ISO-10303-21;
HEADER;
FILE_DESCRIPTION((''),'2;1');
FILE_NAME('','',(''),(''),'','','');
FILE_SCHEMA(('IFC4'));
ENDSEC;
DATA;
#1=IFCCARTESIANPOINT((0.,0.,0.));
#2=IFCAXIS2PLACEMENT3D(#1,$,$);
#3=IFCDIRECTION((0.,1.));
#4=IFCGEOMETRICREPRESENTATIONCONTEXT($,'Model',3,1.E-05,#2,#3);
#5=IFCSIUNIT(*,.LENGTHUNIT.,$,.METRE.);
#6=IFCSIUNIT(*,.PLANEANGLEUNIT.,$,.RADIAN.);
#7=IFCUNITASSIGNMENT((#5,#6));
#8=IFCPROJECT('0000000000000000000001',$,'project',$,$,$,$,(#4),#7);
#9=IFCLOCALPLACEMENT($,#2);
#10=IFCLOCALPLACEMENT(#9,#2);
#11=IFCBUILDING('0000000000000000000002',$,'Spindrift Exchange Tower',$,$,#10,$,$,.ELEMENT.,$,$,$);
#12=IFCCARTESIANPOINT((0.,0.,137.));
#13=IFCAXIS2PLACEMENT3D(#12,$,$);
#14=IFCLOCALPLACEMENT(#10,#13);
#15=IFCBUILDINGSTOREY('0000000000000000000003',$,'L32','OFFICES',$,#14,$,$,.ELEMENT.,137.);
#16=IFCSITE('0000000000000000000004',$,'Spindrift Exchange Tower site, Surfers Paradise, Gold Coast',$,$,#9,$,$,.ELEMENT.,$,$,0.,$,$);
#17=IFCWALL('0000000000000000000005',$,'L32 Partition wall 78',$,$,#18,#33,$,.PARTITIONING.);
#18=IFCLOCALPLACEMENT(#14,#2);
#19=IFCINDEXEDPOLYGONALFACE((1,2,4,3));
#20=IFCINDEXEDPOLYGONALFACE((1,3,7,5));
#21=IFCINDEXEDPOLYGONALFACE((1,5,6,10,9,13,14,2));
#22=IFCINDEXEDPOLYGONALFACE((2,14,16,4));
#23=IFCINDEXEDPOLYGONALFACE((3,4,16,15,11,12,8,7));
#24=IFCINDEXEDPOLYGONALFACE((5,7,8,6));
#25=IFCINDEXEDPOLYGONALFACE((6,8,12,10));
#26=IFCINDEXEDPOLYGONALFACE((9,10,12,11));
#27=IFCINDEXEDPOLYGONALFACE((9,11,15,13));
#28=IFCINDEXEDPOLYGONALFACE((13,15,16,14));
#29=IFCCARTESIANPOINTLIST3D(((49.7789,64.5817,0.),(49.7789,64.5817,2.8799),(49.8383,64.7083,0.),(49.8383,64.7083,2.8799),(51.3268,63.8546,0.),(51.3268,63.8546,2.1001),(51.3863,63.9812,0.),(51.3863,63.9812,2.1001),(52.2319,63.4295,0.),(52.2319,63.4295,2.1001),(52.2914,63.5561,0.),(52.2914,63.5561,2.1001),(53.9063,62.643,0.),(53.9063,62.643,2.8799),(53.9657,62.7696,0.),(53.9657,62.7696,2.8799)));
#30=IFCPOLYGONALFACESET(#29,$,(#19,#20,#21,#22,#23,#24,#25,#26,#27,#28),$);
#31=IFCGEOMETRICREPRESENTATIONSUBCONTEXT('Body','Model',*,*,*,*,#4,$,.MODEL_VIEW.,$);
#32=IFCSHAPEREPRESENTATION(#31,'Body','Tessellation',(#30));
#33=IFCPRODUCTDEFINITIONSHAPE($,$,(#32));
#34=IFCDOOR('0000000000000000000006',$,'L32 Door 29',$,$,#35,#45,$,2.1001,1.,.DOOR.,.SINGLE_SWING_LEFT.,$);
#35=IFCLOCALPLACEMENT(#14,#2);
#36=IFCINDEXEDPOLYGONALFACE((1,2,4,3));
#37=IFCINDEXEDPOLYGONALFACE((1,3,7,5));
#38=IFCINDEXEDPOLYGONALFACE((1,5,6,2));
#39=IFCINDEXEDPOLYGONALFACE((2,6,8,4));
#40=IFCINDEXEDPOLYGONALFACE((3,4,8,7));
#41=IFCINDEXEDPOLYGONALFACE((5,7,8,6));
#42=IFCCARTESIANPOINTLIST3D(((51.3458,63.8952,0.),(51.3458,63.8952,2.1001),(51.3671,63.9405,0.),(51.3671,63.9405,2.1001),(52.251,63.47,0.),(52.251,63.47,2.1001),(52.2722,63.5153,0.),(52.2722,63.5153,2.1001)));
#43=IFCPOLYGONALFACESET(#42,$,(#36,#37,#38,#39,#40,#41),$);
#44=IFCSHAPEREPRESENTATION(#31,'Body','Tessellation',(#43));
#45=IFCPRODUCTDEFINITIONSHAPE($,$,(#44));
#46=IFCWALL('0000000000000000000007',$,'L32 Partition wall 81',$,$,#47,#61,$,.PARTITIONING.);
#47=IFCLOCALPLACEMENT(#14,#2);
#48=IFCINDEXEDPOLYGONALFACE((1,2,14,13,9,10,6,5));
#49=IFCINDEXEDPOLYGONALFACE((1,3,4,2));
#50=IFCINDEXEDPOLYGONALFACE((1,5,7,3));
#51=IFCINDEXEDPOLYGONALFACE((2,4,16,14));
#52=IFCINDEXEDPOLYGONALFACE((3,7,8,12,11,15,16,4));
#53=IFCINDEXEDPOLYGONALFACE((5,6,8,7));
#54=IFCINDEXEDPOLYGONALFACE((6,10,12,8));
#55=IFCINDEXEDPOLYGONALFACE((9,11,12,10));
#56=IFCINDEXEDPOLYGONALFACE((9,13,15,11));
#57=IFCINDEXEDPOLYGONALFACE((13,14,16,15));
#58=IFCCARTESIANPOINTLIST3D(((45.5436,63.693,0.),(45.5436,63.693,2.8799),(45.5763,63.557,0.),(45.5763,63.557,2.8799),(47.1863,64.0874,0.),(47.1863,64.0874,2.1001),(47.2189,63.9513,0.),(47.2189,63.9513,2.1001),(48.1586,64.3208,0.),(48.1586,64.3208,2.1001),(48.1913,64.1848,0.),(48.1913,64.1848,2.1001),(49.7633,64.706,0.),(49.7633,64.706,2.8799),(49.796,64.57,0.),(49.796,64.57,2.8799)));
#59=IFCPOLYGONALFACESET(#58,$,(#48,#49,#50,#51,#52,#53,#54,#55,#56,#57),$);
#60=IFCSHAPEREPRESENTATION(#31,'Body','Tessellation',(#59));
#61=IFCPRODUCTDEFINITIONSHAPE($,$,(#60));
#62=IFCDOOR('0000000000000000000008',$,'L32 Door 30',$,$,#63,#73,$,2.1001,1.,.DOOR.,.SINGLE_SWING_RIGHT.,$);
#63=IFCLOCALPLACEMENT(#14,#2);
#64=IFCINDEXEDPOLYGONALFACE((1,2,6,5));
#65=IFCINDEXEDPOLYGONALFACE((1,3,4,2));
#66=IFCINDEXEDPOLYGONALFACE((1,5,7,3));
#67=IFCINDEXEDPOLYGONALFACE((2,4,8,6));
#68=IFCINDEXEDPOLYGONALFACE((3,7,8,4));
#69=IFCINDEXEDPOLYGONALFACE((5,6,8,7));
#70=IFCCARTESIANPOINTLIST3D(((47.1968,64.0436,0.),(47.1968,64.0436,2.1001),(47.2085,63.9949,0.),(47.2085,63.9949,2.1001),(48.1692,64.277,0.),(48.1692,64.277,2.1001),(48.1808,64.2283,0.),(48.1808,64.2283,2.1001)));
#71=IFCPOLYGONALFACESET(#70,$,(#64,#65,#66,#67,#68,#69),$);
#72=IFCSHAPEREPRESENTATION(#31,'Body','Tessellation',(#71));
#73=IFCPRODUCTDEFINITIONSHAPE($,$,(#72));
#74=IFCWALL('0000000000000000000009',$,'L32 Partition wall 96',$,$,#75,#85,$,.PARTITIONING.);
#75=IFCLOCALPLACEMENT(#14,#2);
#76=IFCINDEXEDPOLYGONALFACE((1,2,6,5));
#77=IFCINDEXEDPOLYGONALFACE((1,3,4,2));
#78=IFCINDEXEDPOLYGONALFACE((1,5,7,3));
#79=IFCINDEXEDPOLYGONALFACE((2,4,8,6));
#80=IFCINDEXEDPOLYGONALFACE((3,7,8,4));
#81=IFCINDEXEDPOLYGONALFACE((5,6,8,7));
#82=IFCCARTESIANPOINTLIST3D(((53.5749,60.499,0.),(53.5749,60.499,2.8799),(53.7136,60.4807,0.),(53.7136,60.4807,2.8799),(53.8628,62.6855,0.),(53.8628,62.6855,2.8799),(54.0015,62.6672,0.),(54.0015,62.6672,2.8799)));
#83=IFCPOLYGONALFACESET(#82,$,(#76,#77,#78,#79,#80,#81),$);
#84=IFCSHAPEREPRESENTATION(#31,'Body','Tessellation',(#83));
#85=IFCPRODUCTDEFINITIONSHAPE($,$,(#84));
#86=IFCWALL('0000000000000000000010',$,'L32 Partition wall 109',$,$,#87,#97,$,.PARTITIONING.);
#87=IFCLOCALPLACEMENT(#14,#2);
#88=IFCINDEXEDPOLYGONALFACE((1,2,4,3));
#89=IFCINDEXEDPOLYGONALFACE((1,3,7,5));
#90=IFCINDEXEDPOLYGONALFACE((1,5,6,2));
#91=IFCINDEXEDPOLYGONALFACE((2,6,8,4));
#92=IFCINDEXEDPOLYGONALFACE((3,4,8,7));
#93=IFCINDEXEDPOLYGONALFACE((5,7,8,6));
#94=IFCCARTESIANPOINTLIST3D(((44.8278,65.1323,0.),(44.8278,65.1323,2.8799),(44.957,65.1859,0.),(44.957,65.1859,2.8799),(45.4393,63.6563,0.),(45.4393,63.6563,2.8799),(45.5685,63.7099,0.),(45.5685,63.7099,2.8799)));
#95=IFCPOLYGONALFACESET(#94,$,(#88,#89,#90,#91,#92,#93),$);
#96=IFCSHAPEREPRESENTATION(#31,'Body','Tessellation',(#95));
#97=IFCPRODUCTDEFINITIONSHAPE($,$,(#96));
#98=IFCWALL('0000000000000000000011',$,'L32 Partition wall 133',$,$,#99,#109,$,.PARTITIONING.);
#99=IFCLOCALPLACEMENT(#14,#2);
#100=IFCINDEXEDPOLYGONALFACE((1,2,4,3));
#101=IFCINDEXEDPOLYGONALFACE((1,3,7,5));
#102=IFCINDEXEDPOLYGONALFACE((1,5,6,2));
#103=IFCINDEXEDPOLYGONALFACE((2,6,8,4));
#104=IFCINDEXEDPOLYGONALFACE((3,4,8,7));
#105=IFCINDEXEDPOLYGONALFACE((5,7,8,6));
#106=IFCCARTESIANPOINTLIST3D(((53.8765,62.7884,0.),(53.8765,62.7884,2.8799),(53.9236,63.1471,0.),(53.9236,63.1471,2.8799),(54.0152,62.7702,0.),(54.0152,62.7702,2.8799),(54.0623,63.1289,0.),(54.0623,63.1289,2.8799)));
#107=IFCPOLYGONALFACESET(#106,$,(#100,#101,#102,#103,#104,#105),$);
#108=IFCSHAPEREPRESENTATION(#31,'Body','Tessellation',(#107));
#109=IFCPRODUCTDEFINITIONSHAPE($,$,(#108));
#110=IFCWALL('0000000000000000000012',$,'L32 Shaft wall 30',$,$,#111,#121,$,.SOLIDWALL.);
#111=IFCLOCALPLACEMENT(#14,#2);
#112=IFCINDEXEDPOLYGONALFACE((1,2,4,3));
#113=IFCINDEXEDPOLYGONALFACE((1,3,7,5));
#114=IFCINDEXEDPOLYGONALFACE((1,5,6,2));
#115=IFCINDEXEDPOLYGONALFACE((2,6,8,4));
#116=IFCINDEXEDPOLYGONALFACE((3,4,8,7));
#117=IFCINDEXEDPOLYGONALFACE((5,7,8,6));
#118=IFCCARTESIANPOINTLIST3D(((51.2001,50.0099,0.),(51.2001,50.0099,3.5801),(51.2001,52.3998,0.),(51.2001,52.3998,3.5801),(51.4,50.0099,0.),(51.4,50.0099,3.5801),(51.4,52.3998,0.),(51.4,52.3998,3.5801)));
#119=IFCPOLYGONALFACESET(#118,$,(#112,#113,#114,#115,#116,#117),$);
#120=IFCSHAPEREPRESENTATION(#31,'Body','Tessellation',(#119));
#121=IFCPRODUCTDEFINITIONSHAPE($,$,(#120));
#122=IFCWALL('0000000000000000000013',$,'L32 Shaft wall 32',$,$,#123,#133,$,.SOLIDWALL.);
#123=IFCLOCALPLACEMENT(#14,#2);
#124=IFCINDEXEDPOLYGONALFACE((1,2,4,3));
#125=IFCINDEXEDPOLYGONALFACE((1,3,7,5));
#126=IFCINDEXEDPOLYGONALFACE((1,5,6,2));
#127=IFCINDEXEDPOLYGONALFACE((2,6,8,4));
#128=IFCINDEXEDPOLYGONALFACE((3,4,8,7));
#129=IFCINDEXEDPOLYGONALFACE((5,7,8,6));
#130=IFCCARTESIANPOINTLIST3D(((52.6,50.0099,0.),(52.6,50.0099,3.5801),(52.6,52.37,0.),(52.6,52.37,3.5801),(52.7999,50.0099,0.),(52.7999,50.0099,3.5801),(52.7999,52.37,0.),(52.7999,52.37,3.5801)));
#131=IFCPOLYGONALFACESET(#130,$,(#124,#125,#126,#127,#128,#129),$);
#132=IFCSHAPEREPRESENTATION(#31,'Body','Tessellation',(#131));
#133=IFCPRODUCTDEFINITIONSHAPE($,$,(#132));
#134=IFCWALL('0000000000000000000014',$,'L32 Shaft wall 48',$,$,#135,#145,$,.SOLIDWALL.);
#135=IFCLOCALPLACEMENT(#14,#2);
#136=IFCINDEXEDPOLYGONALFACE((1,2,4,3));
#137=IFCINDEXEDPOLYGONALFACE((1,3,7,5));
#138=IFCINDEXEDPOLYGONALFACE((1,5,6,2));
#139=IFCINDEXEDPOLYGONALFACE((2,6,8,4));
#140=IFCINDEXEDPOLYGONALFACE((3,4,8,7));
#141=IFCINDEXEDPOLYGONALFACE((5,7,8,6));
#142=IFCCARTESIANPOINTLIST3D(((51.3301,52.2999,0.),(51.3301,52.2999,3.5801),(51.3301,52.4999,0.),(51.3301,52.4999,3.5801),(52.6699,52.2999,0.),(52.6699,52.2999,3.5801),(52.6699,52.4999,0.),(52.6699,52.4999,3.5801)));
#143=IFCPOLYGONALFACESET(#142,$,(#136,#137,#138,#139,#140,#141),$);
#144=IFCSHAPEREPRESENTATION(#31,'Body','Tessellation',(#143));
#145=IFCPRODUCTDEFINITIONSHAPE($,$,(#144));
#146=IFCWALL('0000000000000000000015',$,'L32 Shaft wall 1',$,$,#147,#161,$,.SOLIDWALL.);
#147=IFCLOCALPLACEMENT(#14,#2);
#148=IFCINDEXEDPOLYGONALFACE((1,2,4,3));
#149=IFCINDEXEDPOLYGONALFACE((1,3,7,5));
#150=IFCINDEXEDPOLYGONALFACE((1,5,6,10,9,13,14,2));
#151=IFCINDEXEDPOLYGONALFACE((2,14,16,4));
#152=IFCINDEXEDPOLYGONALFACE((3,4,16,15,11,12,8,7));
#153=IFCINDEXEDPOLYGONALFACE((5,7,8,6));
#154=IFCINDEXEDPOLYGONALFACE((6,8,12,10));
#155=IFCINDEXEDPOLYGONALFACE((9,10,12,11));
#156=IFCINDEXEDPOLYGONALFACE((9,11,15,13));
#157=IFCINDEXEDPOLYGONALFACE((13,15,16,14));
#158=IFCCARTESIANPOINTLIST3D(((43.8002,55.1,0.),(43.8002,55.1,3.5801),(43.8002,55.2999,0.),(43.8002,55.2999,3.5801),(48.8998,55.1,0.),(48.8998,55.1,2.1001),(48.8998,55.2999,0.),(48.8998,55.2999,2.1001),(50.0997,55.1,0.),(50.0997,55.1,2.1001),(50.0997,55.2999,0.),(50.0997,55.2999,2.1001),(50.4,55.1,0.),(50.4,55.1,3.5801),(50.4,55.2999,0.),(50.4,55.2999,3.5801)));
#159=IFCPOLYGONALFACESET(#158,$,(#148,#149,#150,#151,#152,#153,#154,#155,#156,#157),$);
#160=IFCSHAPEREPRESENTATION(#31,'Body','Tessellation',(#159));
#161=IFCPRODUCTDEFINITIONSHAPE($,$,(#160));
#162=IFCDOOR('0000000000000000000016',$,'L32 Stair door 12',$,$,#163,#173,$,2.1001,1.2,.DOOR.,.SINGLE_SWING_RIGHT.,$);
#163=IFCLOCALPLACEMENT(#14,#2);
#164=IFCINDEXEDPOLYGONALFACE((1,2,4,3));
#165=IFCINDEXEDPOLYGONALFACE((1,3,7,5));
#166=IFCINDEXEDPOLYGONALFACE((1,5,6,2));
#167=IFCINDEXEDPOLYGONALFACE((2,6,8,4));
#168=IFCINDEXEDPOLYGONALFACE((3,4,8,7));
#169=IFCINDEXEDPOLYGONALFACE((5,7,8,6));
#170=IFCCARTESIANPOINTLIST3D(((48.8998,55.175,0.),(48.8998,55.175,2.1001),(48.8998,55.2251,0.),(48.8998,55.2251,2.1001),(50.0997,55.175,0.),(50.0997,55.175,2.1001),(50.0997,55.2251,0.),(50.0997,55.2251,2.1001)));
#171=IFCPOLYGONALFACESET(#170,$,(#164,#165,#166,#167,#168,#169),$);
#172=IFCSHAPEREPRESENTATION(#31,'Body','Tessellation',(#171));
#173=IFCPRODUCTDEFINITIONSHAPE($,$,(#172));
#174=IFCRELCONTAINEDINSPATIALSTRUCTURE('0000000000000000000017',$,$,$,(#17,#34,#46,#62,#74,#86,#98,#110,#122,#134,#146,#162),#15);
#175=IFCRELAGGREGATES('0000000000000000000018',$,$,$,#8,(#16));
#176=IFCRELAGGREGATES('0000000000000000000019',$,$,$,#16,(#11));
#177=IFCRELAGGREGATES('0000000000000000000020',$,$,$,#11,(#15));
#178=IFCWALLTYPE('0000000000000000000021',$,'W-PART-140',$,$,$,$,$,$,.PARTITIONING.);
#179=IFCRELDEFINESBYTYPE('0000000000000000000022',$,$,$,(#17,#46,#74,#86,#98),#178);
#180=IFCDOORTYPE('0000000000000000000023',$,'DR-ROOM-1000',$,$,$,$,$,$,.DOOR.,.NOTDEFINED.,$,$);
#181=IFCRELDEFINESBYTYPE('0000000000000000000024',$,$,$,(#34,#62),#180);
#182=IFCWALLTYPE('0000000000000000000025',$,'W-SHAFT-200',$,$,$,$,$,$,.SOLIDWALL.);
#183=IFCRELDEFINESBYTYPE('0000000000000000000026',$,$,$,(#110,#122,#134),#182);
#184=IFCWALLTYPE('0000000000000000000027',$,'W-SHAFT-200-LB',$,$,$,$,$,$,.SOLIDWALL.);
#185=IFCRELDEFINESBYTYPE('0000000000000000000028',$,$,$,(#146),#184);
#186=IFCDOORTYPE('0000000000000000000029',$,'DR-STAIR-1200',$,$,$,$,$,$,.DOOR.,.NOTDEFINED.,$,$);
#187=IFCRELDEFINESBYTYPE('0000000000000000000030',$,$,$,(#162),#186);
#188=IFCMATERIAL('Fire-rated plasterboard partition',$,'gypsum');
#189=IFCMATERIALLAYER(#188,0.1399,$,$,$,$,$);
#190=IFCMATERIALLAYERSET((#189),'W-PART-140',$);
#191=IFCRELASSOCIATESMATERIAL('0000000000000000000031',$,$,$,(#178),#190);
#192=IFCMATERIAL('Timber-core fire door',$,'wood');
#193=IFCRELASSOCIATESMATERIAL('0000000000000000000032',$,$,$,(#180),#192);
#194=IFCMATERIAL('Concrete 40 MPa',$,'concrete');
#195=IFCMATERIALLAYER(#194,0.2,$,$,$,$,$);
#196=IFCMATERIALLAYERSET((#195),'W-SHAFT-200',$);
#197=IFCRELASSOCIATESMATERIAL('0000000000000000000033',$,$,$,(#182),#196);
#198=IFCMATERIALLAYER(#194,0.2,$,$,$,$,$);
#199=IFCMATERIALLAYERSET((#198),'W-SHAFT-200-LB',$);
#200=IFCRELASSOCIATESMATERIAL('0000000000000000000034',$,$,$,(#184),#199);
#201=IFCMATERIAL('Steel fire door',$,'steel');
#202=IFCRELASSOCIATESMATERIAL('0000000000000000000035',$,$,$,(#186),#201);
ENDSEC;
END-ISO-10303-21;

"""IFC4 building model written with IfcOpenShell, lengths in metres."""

from ifc_helpers import new_model, si_unit, direction, frame, frame_2d, origin, place, context, subcontext, project, spatial, rectangle, extrude, source, transform, mapped, material, layer, layer_set, type_object, element, fill, save


model = new_model("IFC4")

# Units and contexts
model_context = context("Model", 3, precision=1e-05, world=origin(), true_north=direction((0.0, 1.0)))
body_context = subcontext(model_context, "Body", "Model", "MODEL_VIEW")
ifc_project = project(units=[si_unit("LENGTHUNIT", "METRE"), si_unit("PLANEANGLEUNIT", "RADIAN")], contexts=[model_context])

# Site, building, storey
site_placement = place(None, origin())
site = spatial("IfcSite", under=ifc_project, at=site_placement, Name="Spindrift Exchange Tower site, Surfers Paradise, Gold Coast", CompositionType="ELEMENT", RefElevation=0.0)
building_placement = place(site_placement, origin())
building = spatial("IfcBuilding", under=site, at=building_placement, Name="Spindrift Exchange Tower", CompositionType="ELEMENT")
storey_placement = place(building_placement, frame((0.0, 0.0, 137.0)))
storey = spatial("IfcBuildingStorey", under=building, at=storey_placement, Name="L32", Description="OFFICES", CompositionType="ELEMENT", Elevation=137.0)

# Walls, openings, doors
ifc_material_1 = material(Name="Fire-rated plasterboard partition", Category="gypsum")
ifc_layer_1 = layer(ifc_material_1, 0.1399)
ifc_layer_set_1 = layer_set([ifc_layer_1], Name="W-PART-140")
wall_type_1 = type_object("IfcWallType", Name="W-PART-140", PredefinedType="PARTITIONING", material=ifc_layer_set_1)
wall_1_placement = place(storey_placement, frame((49.8086, 64.645, 0.0), z_axis=(0.0, 0.0, 1.0), x_axis=(0.905123, -0.42515, 0.0)))
wall_1 = element("IfcWall", 1, at=wall_1_placement, inside=storey, type_object=wall_type_1, Name="L32 Partition wall 78", PredefinedType="PARTITIONING", context=body_context, shape_type="SweptSolid", body=[
    extrude(rectangle(XDim=4.5601, YDim=0.1399, at=frame_2d((2.28, 0.0))), origin(), (0.0, 0.0, 1.0), 2.8799),
])
opening_1_placement = place(wall_1_placement, frame((1.7102, 0.0, 0.0)))
opening_1 = element("IfcOpeningElement", 2, at=opening_1_placement, cuts=wall_1, PredefinedType="OPENING", context=body_context, shape_type="SweptSolid", body=[
    extrude(rectangle(XDim=1.0, YDim=2.1001, at=frame_2d((0.5, 1.05))), frame((0.0, 0.0798, 0.0), z_axis=(0.0, -1.0, 0.0), x_axis=(1.0, 0.0, 0.0)), (0.0, 0.0, 1.0), 0.1599),
])
ifc_material_2 = material(Name="Timber-core fire door", Category="wood")
door_type_1 = type_object("IfcDoorType", Name="DR-ROOM-1000", OperationType="NOTDEFINED", PredefinedType="DOOR", material=ifc_material_2)
shared_shape_1 = source(origin(), body_context, "Body", "SweptSolid", [
    extrude(rectangle(XDim=1.0, YDim=2.1001, at=frame_2d((0.5, 1.05))), frame((0.0, 0.0249, 0.0), z_axis=(0.0, -1.0, 0.0), x_axis=(1.0, 0.0, 0.0)), (0.0, 0.0, 1.0), 0.05),
])
door_1_placement = place(opening_1_placement, origin())
door_1 = element("IfcDoor", 3, at=door_1_placement, inside=storey, type_object=door_type_1, Name="L32 Door 29", OperationType="SINGLE_SWING_LEFT", OverallHeight=2.1001, OverallWidth=1.0, PredefinedType="DOOR", context=body_context, shape_type="MappedRepresentation", body=[
    mapped(shared_shape_1, transform((0.0, 0.0, 0.0), scale=1.0)),
])
fill(opening_1, door_1)
wall_2_placement = place(storey_placement, frame((45.5598, 63.625, 0.0), z_axis=(0.0, 0.0, 1.0), x_axis=(0.972377, 0.233418, 0.0)))
wall_2 = element("IfcWall", 4, at=wall_2_placement, inside=storey, type_object=wall_type_1, Name="L32 Partition wall 81", PredefinedType="PARTITIONING", context=body_context, shape_type="SweptSolid", body=[
    extrude(rectangle(XDim=4.3396, YDim=0.1399, at=frame_2d((2.1699, 0.0))), origin(), (0.0, 0.0, 1.0), 2.8799),
])
opening_2_placement = place(wall_2_placement, frame((1.6895, 0.0, 0.0)))
opening_2 = element("IfcOpeningElement", 5, at=opening_2_placement, cuts=wall_2, PredefinedType="OPENING", context=body_context, shape_type="SweptSolid", body=[
    extrude(rectangle(XDim=1.0, YDim=2.1001, at=frame_2d((0.5, 1.05))), frame((0.0, 0.0798, 0.0), z_axis=(0.0, -1.0, 0.0), x_axis=(1.0, 0.0, 0.0)), (0.0, 0.0, 1.0), 0.1599),
])
door_2_placement = place(opening_2_placement, origin())
door_2 = element("IfcDoor", 6, at=door_2_placement, inside=storey, type_object=door_type_1, Name="L32 Door 30", OperationType="SINGLE_SWING_RIGHT", OverallHeight=2.1001, OverallWidth=1.0, PredefinedType="DOOR", context=body_context, shape_type="MappedRepresentation", body=[
    mapped(shared_shape_1, transform((0.0, 0.0, 0.0), scale=1.0)),
])
fill(opening_2, door_2)

# Walls
wall_3_placement = place(storey_placement, frame((53.6443, 60.49, 0.0), z_axis=(0.0, 0.0, 1.0), x_axis=(0.130518, 0.991446, 0.0)))
element("IfcWall", 7, at=wall_3_placement, inside=storey, type_object=wall_type_1, Name="L32 Partition wall 96", PredefinedType="PARTITIONING", context=body_context, shape_type="SweptSolid", body=[
    extrude(rectangle(XDim=2.2053, YDim=0.1399, at=frame_2d((1.1025, 0.0))), origin(), (0.0, 0.0, 1.0), 2.8799),
])
wall_4_placement = place(storey_placement, frame((45.5039, 63.6831, 0.0), z_axis=(0.0, 0.0, 1.0), x_axis=(-0.38277, 0.923844, 0.0)))
element("IfcWall", 8, at=wall_4_placement, inside=storey, type_object=wall_type_1, Name="L32 Partition wall 109", PredefinedType="PARTITIONING", context=body_context, shape_type="SweptSolid", body=[
    extrude(rectangle(XDim=1.5977, YDim=0.1399, at=frame_2d((0.7988, 0.0))), origin(), (0.0, 0.0, 1.0), 2.8799),
])
wall_5_placement = place(storey_placement, frame((53.9458, 62.7793, 0.0), z_axis=(0.0, 0.0, 1.0), x_axis=(0.130262, 0.99148, 0.0)))
element("IfcWall", 9, at=wall_5_placement, inside=storey, type_object=wall_type_1, Name="L32 Partition wall 133", PredefinedType="PARTITIONING", context=body_context, shape_type="SweptSolid", body=[
    extrude(rectangle(XDim=0.3618, YDim=0.1399, at=frame_2d((0.1809, 0.0))), origin(), (0.0, 0.0, 1.0), 2.8799),
])
ifc_material_3 = material(Name="Concrete 40 MPa", Category="concrete")
ifc_layer_2 = layer(ifc_material_3, 0.2)
ifc_layer_set_2 = layer_set([ifc_layer_2], Name="W-SHAFT-200")
wall_type_2 = type_object("IfcWallType", Name="W-SHAFT-200", PredefinedType="SOLIDWALL", material=ifc_layer_set_2)
wall_6_placement = place(storey_placement, frame((51.3, 50.01, 0.0), z_axis=(0.0, 0.0, 1.0), x_axis=(0.0, 1.0, 0.0)))
element("IfcWall", 10, at=wall_6_placement, inside=storey, type_object=wall_type_2, Name="L32 Shaft wall 30", PredefinedType="SOLIDWALL", context=body_context, shape_type="SweptSolid", body=[
    extrude(rectangle(XDim=2.3899, YDim=0.2, at=frame_2d((1.1948, 0.0))), origin(), (0.0, 0.0, 1.0), 3.5801),
])
wall_7_placement = place(storey_placement, frame((52.7, 52.3701, 0.0), z_axis=(0.0, 0.0, 1.0), x_axis=(0.0, -1.0, 0.0)))
element("IfcWall", 11, at=wall_7_placement, inside=storey, type_object=wall_type_2, Name="L32 Shaft wall 32", PredefinedType="SOLIDWALL", context=body_context, shape_type="SweptSolid", body=[
    extrude(rectangle(XDim=2.3601, YDim=0.2, at=frame_2d((1.1802, 0.0))), origin(), (0.0, 0.0, 1.0), 3.5801),
])
wall_8_placement = place(storey_placement, frame((51.3301, 52.3999, 0.0), z_axis=(0.0, 0.0, 1.0), x_axis=(1.0, 0.0, 0.0)))
element("IfcWall", 12, at=wall_8_placement, inside=storey, type_object=wall_type_2, Name="L32 Shaft wall 48", PredefinedType="SOLIDWALL", context=body_context, shape_type="SweptSolid", body=[
    extrude(rectangle(XDim=1.3398, YDim=0.2, at=frame_2d((0.6699, 0.0))), origin(), (0.0, 0.0, 1.0), 3.5801),
])

# Wall, opening, door
ifc_layer_3 = layer(ifc_material_3, 0.2)
ifc_layer_set_3 = layer_set([ifc_layer_3], Name="W-SHAFT-200-LB")
wall_type_3 = type_object("IfcWallType", Name="W-SHAFT-200-LB", PredefinedType="SOLIDWALL", material=ifc_layer_set_3)
wall_9_placement = place(storey_placement, frame((50.3999, 55.2, 0.0), z_axis=(0.0, 0.0, 1.0), x_axis=(-1.0, 0.0, 0.0)))
wall_9 = element("IfcWall", 13, at=wall_9_placement, inside=storey, type_object=wall_type_3, Name="L32 Shaft wall 1", PredefinedType="SOLIDWALL", context=body_context, shape_type="SweptSolid", body=[
    extrude(rectangle(XDim=6.5999, YDim=0.2, at=frame_2d((3.2998, 0.0))), origin(), (0.0, 0.0, 1.0), 3.5801),
])
opening_3_placement = place(wall_9_placement, frame((0.3, 0.0, 0.0)))
opening_3 = element("IfcOpeningElement", 14, at=opening_3_placement, cuts=wall_9, PredefinedType="OPENING", context=body_context, shape_type="SweptSolid", body=[
    extrude(rectangle(XDim=1.2, YDim=2.1001, at=frame_2d((0.6001, 1.05))), frame((0.0, 0.1099, 0.0), z_axis=(0.0, -1.0, 0.0), x_axis=(1.0, 0.0, 0.0)), (0.0, 0.0, 1.0), 0.22),
])
ifc_material_4 = material(Name="Steel fire door", Category="steel")
door_type_2 = type_object("IfcDoorType", Name="DR-STAIR-1200", OperationType="NOTDEFINED", PredefinedType="DOOR", material=ifc_material_4)
shared_shape_2 = source(origin(), body_context, "Body", "SweptSolid", [
    extrude(rectangle(XDim=1.2, YDim=2.1001, at=frame_2d((0.6001, 1.05))), frame((0.0, 0.0249, 0.0), z_axis=(0.0, -1.0, 0.0), x_axis=(1.0, 0.0, 0.0)), (0.0, 0.0, 1.0), 0.05),
])
door_3_placement = place(opening_3_placement, origin())
door_3 = element("IfcDoor", 15, at=door_3_placement, inside=storey, type_object=door_type_2, Name="L32 Stair door 12", OperationType="SINGLE_SWING_RIGHT", OverallHeight=2.1001, OverallWidth=1.2, PredefinedType="DOOR", context=body_context, shape_type="MappedRepresentation", body=[
    mapped(shared_shape_2, transform((0.0, 0.0, 0.0), scale=1.0)),
])
fill(opening_3, door_3)

save(model, "model.ifc")
